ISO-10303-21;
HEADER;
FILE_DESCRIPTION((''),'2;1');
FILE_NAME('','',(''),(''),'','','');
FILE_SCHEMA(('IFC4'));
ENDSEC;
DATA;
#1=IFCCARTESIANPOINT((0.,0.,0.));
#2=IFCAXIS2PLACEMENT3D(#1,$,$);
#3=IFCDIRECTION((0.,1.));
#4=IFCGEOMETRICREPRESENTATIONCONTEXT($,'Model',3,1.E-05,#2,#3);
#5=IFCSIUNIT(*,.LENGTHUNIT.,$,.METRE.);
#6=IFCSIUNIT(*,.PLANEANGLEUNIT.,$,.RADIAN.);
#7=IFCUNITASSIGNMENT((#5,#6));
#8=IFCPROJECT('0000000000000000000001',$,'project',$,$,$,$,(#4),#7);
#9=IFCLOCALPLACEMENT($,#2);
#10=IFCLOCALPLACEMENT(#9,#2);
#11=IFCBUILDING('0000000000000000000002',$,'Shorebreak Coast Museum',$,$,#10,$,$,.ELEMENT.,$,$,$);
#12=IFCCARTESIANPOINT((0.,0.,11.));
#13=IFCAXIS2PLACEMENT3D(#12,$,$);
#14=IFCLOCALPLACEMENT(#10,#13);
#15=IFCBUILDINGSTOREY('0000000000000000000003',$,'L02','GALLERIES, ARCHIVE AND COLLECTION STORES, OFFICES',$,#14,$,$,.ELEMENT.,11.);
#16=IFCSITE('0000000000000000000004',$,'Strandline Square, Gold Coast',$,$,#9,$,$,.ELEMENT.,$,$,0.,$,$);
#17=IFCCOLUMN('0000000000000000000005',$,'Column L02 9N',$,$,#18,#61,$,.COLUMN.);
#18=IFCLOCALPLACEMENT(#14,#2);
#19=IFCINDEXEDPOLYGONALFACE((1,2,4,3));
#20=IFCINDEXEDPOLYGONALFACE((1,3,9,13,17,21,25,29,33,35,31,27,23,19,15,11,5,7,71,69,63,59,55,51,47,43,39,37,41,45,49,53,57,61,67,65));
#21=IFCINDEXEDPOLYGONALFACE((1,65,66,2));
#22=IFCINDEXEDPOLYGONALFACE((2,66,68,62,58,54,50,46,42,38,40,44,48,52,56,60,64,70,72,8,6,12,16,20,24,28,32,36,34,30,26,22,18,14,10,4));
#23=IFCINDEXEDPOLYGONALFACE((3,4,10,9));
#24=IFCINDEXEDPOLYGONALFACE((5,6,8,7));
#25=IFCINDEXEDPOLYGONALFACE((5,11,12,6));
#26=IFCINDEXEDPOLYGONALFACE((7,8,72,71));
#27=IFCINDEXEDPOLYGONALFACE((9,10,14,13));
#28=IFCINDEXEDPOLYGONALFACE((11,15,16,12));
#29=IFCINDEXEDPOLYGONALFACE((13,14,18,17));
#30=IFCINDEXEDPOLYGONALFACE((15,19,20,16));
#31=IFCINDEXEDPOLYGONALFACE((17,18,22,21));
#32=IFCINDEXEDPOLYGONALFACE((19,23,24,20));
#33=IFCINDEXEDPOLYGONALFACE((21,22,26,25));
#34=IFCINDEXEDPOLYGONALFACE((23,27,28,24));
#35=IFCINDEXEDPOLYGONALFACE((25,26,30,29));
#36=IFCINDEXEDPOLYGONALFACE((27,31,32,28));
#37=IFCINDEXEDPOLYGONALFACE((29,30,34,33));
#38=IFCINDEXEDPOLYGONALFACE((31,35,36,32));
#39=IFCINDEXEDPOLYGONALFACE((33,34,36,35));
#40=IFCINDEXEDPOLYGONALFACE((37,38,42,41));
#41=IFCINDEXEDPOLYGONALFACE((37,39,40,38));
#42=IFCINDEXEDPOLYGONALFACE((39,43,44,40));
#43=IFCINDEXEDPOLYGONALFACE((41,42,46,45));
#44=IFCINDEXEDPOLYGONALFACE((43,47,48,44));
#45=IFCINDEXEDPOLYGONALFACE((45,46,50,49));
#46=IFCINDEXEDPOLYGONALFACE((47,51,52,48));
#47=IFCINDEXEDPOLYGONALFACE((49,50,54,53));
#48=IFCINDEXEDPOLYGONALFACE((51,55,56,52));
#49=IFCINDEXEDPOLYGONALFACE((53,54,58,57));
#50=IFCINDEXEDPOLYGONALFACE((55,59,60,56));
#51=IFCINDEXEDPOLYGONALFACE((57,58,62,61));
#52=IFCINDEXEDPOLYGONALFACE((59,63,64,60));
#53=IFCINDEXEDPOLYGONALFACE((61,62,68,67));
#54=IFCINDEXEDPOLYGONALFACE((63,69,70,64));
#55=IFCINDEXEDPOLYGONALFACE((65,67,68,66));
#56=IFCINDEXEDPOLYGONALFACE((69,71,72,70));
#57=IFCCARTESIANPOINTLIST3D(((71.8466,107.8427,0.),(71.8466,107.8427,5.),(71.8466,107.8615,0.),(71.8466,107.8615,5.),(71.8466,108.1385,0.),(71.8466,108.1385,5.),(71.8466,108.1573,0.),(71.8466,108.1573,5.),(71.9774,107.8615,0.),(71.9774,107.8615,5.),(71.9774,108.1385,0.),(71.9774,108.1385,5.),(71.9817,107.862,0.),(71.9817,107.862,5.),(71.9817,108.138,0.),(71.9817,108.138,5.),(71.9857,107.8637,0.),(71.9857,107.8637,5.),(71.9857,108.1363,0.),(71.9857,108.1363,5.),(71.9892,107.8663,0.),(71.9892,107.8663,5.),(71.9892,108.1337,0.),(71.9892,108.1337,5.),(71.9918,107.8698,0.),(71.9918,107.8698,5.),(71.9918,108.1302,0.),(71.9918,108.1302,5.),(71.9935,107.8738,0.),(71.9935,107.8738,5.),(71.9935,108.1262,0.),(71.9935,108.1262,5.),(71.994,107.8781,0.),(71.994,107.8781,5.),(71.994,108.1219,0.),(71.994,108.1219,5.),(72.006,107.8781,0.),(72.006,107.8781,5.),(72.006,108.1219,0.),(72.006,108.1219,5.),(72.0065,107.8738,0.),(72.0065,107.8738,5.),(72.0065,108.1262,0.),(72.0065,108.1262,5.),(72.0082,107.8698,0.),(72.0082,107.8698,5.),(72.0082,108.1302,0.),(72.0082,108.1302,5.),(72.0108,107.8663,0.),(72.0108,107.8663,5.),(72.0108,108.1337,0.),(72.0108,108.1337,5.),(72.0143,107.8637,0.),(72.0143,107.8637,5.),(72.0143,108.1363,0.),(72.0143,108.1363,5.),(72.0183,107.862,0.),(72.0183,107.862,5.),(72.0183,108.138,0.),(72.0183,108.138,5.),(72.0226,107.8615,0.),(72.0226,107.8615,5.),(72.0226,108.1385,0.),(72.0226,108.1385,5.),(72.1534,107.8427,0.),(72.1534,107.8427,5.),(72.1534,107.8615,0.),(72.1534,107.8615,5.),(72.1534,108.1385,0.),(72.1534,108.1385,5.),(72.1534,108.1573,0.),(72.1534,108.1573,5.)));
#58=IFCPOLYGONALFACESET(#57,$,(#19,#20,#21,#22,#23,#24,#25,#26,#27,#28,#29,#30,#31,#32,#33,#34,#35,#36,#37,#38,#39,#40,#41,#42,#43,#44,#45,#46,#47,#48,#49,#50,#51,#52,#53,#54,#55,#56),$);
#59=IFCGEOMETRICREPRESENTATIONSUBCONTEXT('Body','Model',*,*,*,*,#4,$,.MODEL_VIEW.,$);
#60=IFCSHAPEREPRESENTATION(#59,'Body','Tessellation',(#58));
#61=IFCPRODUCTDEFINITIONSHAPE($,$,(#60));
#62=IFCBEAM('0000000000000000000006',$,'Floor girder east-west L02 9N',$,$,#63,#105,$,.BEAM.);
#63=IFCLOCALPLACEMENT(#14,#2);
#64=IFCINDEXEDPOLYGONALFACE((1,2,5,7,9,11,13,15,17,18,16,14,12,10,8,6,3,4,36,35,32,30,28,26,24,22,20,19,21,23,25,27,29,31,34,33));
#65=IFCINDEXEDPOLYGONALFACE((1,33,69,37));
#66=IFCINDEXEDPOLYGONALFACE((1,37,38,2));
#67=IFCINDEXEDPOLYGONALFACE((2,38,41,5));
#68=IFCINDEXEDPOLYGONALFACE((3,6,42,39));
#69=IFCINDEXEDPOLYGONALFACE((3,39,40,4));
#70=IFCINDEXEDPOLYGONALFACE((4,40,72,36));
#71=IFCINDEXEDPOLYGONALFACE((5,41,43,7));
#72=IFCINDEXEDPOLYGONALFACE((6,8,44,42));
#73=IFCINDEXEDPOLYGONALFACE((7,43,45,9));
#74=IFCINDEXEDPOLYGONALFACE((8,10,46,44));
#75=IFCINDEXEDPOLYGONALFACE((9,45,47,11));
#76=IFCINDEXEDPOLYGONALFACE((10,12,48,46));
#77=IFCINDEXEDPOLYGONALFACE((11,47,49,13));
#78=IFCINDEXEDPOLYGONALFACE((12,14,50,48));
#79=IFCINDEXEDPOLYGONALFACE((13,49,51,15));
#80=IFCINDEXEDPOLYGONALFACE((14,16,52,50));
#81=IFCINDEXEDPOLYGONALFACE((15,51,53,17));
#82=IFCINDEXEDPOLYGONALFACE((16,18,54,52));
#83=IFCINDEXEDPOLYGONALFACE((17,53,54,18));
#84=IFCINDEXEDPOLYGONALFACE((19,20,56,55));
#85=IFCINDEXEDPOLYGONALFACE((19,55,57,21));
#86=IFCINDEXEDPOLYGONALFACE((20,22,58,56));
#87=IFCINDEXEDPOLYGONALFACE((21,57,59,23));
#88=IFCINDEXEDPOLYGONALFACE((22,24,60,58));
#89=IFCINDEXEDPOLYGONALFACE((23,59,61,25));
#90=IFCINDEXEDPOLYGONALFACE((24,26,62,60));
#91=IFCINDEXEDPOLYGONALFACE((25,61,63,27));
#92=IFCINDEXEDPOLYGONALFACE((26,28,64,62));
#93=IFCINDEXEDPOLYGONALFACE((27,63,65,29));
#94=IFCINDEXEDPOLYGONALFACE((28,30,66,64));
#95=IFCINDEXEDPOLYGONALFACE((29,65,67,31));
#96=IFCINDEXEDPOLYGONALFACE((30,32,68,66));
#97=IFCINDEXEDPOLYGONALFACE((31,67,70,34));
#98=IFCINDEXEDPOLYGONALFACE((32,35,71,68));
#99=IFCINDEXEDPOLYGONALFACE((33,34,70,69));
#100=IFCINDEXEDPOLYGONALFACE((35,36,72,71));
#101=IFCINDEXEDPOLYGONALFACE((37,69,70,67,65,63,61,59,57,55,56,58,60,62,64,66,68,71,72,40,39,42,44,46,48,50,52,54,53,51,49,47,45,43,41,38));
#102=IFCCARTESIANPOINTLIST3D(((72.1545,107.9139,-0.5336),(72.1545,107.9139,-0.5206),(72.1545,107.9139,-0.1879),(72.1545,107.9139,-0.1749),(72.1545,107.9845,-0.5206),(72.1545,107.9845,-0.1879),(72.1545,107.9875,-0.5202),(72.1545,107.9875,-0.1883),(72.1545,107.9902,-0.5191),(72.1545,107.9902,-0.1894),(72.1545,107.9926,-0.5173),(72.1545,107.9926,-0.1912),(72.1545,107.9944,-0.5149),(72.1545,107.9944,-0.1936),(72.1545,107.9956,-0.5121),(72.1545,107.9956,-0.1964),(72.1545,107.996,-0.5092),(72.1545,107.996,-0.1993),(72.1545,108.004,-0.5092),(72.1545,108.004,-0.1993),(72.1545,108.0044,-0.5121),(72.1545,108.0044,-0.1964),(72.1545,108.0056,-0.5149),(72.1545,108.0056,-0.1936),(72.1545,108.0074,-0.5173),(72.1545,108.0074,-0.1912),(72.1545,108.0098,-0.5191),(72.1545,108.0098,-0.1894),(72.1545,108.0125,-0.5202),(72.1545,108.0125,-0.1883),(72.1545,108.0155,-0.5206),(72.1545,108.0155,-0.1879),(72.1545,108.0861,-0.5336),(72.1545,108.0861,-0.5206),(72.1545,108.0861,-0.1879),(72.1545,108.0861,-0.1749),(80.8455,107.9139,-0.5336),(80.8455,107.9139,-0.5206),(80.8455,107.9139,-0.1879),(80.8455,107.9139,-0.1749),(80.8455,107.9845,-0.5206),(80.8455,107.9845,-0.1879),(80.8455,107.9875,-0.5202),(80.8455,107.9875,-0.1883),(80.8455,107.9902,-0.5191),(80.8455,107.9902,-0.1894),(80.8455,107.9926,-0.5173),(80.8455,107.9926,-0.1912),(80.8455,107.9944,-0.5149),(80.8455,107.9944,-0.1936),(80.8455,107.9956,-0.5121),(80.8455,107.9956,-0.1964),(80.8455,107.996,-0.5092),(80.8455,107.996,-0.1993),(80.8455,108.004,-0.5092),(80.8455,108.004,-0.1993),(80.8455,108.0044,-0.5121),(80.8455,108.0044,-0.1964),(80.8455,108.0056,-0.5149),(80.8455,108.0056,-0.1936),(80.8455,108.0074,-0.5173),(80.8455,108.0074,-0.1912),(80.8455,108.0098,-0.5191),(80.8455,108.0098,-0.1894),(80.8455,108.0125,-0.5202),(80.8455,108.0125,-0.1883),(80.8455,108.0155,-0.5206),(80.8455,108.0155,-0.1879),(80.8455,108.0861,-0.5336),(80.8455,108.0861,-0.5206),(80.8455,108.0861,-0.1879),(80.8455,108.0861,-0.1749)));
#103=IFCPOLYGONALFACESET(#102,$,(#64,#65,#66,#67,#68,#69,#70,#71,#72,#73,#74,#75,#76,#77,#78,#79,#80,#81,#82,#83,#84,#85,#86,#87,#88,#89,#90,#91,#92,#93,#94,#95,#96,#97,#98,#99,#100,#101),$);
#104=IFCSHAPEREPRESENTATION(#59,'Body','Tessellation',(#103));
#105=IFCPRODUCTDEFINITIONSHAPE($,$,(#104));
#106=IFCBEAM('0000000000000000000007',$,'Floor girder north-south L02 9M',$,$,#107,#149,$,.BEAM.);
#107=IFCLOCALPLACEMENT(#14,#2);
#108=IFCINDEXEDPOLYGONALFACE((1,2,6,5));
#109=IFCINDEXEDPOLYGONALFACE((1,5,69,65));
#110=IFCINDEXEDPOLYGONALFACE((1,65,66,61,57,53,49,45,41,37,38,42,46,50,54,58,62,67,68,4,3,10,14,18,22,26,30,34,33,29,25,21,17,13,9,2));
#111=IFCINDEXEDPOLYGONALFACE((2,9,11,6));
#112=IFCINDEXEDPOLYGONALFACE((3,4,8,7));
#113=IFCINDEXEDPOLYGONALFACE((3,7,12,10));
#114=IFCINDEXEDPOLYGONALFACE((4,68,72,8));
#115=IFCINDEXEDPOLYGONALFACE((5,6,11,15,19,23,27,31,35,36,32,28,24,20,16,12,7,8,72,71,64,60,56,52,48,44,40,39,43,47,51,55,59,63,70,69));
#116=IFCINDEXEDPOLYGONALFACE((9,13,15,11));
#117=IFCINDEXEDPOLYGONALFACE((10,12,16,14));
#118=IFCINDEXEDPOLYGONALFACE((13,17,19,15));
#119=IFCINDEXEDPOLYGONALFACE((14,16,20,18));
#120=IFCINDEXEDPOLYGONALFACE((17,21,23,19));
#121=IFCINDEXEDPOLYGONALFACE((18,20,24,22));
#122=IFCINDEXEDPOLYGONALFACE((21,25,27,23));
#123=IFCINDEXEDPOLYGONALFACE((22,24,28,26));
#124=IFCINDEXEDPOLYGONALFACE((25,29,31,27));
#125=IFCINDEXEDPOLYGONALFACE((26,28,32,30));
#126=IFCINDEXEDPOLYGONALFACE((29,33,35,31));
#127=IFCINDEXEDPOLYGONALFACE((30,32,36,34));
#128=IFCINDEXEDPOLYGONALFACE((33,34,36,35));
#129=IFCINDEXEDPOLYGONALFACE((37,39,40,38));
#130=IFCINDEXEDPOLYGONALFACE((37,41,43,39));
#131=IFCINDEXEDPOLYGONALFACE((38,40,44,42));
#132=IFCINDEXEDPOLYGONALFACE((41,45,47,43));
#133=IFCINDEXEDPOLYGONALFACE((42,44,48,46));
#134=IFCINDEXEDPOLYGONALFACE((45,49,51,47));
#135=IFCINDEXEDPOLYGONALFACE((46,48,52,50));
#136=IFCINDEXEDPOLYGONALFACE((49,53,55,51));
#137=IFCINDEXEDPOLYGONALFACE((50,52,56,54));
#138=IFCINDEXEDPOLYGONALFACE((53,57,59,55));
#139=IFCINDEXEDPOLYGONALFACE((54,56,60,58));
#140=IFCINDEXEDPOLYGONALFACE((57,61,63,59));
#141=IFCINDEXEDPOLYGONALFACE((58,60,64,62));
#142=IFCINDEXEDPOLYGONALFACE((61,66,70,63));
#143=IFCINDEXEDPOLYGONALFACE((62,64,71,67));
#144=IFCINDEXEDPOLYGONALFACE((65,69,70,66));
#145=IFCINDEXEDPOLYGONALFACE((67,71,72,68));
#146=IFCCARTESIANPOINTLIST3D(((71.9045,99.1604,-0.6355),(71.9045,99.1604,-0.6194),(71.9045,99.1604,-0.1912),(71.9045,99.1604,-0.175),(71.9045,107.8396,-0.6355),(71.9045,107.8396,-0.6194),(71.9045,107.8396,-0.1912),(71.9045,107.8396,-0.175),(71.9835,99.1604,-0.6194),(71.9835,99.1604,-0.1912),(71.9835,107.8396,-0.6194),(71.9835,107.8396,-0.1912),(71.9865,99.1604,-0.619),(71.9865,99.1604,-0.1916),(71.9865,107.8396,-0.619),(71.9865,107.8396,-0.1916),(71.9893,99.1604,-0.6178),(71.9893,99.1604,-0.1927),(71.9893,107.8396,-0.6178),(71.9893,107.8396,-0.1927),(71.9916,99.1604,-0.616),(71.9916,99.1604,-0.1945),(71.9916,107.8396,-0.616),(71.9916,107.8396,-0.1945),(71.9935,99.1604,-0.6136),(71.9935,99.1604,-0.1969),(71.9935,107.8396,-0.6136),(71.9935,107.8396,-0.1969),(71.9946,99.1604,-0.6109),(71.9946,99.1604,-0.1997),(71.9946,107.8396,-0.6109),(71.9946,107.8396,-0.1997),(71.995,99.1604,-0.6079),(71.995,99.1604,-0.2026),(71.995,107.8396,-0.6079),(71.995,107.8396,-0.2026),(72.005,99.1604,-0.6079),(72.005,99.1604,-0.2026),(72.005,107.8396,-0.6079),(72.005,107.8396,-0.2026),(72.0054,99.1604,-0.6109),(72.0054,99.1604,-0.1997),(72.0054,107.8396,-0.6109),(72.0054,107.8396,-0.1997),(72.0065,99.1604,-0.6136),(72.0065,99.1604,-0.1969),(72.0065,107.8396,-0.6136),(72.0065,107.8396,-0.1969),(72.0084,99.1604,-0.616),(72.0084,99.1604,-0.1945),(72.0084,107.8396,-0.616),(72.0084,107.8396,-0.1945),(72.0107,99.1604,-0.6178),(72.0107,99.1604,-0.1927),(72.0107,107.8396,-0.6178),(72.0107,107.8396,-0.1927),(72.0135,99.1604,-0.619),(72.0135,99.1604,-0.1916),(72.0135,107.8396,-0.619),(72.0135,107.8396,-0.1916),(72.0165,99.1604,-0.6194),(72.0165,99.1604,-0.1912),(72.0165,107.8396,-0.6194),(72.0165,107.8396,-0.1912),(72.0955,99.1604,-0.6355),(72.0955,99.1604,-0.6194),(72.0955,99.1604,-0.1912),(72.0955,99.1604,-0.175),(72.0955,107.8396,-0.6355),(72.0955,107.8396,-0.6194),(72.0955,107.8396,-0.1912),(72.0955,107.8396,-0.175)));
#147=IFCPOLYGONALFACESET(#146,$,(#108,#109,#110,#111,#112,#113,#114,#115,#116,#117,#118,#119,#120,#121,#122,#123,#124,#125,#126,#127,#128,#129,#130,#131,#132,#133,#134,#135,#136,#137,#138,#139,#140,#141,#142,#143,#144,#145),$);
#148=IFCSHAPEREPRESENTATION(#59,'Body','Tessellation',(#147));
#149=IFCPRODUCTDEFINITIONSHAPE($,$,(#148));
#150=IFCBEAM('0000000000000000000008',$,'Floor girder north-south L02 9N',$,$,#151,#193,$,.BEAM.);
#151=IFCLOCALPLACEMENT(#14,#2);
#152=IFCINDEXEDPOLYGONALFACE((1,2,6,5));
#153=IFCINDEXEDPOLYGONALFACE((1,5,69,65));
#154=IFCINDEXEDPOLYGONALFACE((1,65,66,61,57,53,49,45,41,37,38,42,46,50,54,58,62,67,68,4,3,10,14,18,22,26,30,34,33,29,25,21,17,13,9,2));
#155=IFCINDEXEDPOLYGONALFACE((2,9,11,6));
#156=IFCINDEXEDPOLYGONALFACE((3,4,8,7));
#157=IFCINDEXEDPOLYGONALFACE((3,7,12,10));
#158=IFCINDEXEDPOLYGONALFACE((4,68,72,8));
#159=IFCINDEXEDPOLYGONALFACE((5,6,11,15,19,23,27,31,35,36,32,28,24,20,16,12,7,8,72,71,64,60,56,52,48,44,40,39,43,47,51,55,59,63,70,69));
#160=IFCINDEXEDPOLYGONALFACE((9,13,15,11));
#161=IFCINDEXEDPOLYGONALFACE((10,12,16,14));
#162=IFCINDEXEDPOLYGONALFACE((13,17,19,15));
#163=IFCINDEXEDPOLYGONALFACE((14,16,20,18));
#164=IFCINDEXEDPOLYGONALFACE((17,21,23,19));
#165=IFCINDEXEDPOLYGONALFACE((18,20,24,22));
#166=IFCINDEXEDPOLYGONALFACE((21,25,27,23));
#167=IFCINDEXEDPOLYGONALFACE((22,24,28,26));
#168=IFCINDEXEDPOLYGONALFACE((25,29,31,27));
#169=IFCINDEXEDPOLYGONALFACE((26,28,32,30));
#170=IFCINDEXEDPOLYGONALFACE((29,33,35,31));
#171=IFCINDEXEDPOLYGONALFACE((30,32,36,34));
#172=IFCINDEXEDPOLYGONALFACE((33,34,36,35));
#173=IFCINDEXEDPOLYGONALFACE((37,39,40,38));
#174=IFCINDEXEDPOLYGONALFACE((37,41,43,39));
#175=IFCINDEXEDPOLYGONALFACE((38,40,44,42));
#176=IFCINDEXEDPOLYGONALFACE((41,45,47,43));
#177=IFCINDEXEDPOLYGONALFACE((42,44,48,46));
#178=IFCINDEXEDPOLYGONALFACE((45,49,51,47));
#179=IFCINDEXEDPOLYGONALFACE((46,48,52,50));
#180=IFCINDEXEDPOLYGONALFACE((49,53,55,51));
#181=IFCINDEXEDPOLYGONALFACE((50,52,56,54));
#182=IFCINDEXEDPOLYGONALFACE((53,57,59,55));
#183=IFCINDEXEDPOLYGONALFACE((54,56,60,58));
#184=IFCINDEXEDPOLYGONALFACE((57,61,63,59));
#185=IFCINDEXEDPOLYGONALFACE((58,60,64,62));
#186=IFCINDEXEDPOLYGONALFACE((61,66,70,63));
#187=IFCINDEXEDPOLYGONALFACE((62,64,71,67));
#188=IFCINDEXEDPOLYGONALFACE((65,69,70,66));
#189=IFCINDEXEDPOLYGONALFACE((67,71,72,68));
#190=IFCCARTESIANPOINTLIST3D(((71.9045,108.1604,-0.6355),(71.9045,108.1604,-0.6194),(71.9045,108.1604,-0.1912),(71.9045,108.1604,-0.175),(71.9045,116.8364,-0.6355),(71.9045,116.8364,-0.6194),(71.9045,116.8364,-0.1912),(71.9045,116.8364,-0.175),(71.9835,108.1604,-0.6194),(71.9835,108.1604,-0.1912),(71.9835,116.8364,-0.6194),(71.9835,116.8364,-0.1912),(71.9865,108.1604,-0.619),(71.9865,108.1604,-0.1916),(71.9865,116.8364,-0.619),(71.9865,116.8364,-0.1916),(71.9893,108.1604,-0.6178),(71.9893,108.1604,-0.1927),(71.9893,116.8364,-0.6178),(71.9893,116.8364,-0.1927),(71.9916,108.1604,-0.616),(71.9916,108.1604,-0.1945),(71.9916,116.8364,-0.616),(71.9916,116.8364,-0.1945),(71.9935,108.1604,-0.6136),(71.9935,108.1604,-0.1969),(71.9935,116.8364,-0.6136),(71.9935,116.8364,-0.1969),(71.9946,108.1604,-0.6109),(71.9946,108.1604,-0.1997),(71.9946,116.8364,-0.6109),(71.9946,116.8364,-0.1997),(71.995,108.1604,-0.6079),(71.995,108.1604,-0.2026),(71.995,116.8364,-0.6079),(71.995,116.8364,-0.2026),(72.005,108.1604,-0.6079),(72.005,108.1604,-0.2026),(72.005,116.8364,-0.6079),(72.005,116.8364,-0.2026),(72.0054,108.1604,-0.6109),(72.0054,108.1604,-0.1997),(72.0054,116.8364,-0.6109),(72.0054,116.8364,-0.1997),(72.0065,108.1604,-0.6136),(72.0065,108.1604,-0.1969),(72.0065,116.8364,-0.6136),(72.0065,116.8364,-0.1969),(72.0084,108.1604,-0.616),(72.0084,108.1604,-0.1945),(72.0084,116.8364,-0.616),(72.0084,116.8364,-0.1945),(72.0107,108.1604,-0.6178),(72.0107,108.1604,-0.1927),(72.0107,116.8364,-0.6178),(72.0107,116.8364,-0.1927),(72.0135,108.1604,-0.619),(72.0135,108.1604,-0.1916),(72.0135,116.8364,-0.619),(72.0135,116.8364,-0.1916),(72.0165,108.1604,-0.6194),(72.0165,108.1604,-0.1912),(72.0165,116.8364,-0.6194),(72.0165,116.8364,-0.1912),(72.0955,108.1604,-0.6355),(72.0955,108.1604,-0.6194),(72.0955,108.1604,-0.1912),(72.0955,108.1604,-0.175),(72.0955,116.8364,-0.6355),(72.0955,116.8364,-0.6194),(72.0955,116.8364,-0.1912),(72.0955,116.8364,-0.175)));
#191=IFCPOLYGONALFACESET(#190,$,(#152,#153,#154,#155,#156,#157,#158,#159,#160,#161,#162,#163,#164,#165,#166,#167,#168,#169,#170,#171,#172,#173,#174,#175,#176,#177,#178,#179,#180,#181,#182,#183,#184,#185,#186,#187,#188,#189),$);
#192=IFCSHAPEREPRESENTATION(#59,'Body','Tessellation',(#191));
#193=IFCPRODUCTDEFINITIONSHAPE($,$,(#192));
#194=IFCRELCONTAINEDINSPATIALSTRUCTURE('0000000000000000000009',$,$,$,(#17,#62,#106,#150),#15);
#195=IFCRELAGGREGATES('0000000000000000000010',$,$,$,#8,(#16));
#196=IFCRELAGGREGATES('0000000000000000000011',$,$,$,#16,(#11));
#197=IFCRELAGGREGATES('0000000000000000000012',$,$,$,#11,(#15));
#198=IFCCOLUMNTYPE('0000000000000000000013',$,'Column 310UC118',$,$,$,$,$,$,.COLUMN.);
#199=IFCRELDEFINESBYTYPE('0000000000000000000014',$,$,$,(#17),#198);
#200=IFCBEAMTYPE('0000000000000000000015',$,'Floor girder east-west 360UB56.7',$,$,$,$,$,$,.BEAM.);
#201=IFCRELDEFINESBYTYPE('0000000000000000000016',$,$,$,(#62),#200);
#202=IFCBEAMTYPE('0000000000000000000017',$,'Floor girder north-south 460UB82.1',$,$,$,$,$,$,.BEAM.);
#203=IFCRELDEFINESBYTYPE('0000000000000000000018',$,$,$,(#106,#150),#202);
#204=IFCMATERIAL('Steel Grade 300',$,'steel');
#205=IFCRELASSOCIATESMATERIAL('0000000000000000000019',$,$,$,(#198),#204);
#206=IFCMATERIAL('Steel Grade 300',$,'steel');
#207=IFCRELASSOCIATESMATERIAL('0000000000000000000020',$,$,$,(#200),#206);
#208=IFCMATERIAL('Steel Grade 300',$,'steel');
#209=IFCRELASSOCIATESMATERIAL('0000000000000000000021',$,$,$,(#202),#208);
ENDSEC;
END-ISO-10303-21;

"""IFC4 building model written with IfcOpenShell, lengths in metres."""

from ifc_helpers import new_model, si_unit, direction, frame, origin, origin_2d, place, context, subcontext, project, spatial, i_section, extrude, material, material_profile, profile_set, type_object, element, save


model = new_model("IFC4")

# Units and contexts
model_context = context("Model", 3, precision=1e-05, world=origin(), true_north=direction((0.0, 1.0)))
body_context = subcontext(model_context, "Body", "Model", "MODEL_VIEW")
ifc_project = project(units=[si_unit("LENGTHUNIT", "METRE"), si_unit("PLANEANGLEUNIT", "RADIAN")], contexts=[model_context])

# Site, building, storey
site_placement = place(None, origin())
site = spatial("IfcSite", under=ifc_project, at=site_placement, Name="Strandline Square, Gold Coast", CompositionType="ELEMENT", RefElevation=0.0)
building_placement = place(site_placement, origin())
building = spatial("IfcBuilding", under=site, at=building_placement, Name="Shorebreak Coast Museum", CompositionType="ELEMENT")
storey_placement = place(building_placement, frame((0.0, 0.0, 11.0)))
storey = spatial("IfcBuildingStorey", under=building, at=storey_placement, Name="L02", Description="GALLERIES, ARCHIVE AND COLLECTION STORES, OFFICES", CompositionType="ELEMENT", Elevation=11.0)

# Column
ifc_material_1 = material(Name="Steel Grade 300", Category="steel")
ifc_material_profile_1 = material_profile(ifc_material_1, i_section(OverallWidth=0.3069, OverallDepth=0.3147, WebThickness=0.012, FlangeThickness=0.0188, FilletRadius=0.0166, at=origin_2d()), Name="310UC118")
ifc_profile_set_1 = profile_set([ifc_material_profile_1], Name="Steel Grade 300")
column_type = type_object("IfcColumnType", Name="Column 310UC118", PredefinedType="COLUMN", material=ifc_profile_set_1)
column_placement = place(storey_placement, frame((72.0, 108.0, 0.0), z_axis=(0.0, 0.0, 1.0), x_axis=(1.0, 0.0, 0.0)))
element("IfcColumn", 1, at=column_placement, inside=storey, type_object=column_type, Name="Column L02 9N", PredefinedType="COLUMN", context=body_context, shape_type="SweptSolid", body=[
    extrude(i_section(OverallWidth=0.3069, OverallDepth=0.3147, WebThickness=0.012, FlangeThickness=0.0188, FilletRadius=0.0166, at=origin_2d()), origin(), (0.0, 0.0, 1.0), 5.0),
])

# Beams
ifc_material_2 = material(Name="Steel Grade 300", Category="steel")
ifc_material_profile_2 = material_profile(ifc_material_2, i_section(OverallWidth=0.1721, OverallDepth=0.3586, WebThickness=0.0081, FlangeThickness=0.0129, FilletRadius=0.0115, at=origin_2d()), Name="360UB56.7")
ifc_profile_set_2 = profile_set([ifc_material_profile_2], Name="Steel Grade 300")
beam_type_1 = type_object("IfcBeamType", Name="Floor girder east-west 360UB56.7", PredefinedType="BEAM", material=ifc_profile_set_2)
beam_1_placement = place(storey_placement, frame((72.1545, 108.0, -0.3542), z_axis=(1.0, 0.0, 0.0), x_axis=(0.0, 1.0, 0.0)))
element("IfcBeam", 2, at=beam_1_placement, inside=storey, type_object=beam_type_1, Name="Floor girder east-west L02 9N", PredefinedType="BEAM", context=body_context, shape_type="SweptSolid", body=[
    extrude(i_section(OverallWidth=0.1721, OverallDepth=0.3586, WebThickness=0.0081, FlangeThickness=0.0129, FilletRadius=0.0115, at=origin_2d()), origin(), (0.0, 0.0, 1.0), 8.6909),
])
ifc_material_3 = material(Name="Steel Grade 300", Category="steel")
ifc_material_profile_3 = material_profile(ifc_material_3, i_section(OverallWidth=0.1909, OverallDepth=0.4604, WebThickness=0.01, FlangeThickness=0.0161, FilletRadius=0.0115, at=origin_2d()), Name="460UB82.1")
ifc_profile_set_3 = profile_set([ifc_material_profile_3], Name="Steel Grade 300")
beam_type_2 = type_object("IfcBeamType", Name="Floor girder north-south 460UB82.1", PredefinedType="BEAM", material=ifc_profile_set_3)
beam_2_placement = place(storey_placement, frame((72.0, 99.1604, -0.4053), z_axis=(0.0, 1.0, 0.0), x_axis=(-1.0, 0.0, 0.0)))
element("IfcBeam", 3, at=beam_2_placement, inside=storey, type_object=beam_type_2, Name="Floor girder north-south L02 9M", PredefinedType="BEAM", context=body_context, shape_type="SweptSolid", body=[
    extrude(i_section(OverallWidth=0.1909, OverallDepth=0.4604, WebThickness=0.01, FlangeThickness=0.0161, FilletRadius=0.0115, at=origin_2d()), origin(), (0.0, 0.0, 1.0), 8.6792),
])
beam_3_placement = place(storey_placement, frame((72.0, 108.1604, -0.4053), z_axis=(0.0, 1.0, 0.0), x_axis=(-1.0, 0.0, 0.0)))
element("IfcBeam", 4, at=beam_3_placement, inside=storey, type_object=beam_type_2, Name="Floor girder north-south L02 9N", PredefinedType="BEAM", context=body_context, shape_type="SweptSolid", body=[
    extrude(i_section(OverallWidth=0.1909, OverallDepth=0.4604, WebThickness=0.01, FlangeThickness=0.0161, FilletRadius=0.0115, at=origin_2d()), origin(), (0.0, 0.0, 1.0), 8.676),
])

save(model, "model.ifc")
